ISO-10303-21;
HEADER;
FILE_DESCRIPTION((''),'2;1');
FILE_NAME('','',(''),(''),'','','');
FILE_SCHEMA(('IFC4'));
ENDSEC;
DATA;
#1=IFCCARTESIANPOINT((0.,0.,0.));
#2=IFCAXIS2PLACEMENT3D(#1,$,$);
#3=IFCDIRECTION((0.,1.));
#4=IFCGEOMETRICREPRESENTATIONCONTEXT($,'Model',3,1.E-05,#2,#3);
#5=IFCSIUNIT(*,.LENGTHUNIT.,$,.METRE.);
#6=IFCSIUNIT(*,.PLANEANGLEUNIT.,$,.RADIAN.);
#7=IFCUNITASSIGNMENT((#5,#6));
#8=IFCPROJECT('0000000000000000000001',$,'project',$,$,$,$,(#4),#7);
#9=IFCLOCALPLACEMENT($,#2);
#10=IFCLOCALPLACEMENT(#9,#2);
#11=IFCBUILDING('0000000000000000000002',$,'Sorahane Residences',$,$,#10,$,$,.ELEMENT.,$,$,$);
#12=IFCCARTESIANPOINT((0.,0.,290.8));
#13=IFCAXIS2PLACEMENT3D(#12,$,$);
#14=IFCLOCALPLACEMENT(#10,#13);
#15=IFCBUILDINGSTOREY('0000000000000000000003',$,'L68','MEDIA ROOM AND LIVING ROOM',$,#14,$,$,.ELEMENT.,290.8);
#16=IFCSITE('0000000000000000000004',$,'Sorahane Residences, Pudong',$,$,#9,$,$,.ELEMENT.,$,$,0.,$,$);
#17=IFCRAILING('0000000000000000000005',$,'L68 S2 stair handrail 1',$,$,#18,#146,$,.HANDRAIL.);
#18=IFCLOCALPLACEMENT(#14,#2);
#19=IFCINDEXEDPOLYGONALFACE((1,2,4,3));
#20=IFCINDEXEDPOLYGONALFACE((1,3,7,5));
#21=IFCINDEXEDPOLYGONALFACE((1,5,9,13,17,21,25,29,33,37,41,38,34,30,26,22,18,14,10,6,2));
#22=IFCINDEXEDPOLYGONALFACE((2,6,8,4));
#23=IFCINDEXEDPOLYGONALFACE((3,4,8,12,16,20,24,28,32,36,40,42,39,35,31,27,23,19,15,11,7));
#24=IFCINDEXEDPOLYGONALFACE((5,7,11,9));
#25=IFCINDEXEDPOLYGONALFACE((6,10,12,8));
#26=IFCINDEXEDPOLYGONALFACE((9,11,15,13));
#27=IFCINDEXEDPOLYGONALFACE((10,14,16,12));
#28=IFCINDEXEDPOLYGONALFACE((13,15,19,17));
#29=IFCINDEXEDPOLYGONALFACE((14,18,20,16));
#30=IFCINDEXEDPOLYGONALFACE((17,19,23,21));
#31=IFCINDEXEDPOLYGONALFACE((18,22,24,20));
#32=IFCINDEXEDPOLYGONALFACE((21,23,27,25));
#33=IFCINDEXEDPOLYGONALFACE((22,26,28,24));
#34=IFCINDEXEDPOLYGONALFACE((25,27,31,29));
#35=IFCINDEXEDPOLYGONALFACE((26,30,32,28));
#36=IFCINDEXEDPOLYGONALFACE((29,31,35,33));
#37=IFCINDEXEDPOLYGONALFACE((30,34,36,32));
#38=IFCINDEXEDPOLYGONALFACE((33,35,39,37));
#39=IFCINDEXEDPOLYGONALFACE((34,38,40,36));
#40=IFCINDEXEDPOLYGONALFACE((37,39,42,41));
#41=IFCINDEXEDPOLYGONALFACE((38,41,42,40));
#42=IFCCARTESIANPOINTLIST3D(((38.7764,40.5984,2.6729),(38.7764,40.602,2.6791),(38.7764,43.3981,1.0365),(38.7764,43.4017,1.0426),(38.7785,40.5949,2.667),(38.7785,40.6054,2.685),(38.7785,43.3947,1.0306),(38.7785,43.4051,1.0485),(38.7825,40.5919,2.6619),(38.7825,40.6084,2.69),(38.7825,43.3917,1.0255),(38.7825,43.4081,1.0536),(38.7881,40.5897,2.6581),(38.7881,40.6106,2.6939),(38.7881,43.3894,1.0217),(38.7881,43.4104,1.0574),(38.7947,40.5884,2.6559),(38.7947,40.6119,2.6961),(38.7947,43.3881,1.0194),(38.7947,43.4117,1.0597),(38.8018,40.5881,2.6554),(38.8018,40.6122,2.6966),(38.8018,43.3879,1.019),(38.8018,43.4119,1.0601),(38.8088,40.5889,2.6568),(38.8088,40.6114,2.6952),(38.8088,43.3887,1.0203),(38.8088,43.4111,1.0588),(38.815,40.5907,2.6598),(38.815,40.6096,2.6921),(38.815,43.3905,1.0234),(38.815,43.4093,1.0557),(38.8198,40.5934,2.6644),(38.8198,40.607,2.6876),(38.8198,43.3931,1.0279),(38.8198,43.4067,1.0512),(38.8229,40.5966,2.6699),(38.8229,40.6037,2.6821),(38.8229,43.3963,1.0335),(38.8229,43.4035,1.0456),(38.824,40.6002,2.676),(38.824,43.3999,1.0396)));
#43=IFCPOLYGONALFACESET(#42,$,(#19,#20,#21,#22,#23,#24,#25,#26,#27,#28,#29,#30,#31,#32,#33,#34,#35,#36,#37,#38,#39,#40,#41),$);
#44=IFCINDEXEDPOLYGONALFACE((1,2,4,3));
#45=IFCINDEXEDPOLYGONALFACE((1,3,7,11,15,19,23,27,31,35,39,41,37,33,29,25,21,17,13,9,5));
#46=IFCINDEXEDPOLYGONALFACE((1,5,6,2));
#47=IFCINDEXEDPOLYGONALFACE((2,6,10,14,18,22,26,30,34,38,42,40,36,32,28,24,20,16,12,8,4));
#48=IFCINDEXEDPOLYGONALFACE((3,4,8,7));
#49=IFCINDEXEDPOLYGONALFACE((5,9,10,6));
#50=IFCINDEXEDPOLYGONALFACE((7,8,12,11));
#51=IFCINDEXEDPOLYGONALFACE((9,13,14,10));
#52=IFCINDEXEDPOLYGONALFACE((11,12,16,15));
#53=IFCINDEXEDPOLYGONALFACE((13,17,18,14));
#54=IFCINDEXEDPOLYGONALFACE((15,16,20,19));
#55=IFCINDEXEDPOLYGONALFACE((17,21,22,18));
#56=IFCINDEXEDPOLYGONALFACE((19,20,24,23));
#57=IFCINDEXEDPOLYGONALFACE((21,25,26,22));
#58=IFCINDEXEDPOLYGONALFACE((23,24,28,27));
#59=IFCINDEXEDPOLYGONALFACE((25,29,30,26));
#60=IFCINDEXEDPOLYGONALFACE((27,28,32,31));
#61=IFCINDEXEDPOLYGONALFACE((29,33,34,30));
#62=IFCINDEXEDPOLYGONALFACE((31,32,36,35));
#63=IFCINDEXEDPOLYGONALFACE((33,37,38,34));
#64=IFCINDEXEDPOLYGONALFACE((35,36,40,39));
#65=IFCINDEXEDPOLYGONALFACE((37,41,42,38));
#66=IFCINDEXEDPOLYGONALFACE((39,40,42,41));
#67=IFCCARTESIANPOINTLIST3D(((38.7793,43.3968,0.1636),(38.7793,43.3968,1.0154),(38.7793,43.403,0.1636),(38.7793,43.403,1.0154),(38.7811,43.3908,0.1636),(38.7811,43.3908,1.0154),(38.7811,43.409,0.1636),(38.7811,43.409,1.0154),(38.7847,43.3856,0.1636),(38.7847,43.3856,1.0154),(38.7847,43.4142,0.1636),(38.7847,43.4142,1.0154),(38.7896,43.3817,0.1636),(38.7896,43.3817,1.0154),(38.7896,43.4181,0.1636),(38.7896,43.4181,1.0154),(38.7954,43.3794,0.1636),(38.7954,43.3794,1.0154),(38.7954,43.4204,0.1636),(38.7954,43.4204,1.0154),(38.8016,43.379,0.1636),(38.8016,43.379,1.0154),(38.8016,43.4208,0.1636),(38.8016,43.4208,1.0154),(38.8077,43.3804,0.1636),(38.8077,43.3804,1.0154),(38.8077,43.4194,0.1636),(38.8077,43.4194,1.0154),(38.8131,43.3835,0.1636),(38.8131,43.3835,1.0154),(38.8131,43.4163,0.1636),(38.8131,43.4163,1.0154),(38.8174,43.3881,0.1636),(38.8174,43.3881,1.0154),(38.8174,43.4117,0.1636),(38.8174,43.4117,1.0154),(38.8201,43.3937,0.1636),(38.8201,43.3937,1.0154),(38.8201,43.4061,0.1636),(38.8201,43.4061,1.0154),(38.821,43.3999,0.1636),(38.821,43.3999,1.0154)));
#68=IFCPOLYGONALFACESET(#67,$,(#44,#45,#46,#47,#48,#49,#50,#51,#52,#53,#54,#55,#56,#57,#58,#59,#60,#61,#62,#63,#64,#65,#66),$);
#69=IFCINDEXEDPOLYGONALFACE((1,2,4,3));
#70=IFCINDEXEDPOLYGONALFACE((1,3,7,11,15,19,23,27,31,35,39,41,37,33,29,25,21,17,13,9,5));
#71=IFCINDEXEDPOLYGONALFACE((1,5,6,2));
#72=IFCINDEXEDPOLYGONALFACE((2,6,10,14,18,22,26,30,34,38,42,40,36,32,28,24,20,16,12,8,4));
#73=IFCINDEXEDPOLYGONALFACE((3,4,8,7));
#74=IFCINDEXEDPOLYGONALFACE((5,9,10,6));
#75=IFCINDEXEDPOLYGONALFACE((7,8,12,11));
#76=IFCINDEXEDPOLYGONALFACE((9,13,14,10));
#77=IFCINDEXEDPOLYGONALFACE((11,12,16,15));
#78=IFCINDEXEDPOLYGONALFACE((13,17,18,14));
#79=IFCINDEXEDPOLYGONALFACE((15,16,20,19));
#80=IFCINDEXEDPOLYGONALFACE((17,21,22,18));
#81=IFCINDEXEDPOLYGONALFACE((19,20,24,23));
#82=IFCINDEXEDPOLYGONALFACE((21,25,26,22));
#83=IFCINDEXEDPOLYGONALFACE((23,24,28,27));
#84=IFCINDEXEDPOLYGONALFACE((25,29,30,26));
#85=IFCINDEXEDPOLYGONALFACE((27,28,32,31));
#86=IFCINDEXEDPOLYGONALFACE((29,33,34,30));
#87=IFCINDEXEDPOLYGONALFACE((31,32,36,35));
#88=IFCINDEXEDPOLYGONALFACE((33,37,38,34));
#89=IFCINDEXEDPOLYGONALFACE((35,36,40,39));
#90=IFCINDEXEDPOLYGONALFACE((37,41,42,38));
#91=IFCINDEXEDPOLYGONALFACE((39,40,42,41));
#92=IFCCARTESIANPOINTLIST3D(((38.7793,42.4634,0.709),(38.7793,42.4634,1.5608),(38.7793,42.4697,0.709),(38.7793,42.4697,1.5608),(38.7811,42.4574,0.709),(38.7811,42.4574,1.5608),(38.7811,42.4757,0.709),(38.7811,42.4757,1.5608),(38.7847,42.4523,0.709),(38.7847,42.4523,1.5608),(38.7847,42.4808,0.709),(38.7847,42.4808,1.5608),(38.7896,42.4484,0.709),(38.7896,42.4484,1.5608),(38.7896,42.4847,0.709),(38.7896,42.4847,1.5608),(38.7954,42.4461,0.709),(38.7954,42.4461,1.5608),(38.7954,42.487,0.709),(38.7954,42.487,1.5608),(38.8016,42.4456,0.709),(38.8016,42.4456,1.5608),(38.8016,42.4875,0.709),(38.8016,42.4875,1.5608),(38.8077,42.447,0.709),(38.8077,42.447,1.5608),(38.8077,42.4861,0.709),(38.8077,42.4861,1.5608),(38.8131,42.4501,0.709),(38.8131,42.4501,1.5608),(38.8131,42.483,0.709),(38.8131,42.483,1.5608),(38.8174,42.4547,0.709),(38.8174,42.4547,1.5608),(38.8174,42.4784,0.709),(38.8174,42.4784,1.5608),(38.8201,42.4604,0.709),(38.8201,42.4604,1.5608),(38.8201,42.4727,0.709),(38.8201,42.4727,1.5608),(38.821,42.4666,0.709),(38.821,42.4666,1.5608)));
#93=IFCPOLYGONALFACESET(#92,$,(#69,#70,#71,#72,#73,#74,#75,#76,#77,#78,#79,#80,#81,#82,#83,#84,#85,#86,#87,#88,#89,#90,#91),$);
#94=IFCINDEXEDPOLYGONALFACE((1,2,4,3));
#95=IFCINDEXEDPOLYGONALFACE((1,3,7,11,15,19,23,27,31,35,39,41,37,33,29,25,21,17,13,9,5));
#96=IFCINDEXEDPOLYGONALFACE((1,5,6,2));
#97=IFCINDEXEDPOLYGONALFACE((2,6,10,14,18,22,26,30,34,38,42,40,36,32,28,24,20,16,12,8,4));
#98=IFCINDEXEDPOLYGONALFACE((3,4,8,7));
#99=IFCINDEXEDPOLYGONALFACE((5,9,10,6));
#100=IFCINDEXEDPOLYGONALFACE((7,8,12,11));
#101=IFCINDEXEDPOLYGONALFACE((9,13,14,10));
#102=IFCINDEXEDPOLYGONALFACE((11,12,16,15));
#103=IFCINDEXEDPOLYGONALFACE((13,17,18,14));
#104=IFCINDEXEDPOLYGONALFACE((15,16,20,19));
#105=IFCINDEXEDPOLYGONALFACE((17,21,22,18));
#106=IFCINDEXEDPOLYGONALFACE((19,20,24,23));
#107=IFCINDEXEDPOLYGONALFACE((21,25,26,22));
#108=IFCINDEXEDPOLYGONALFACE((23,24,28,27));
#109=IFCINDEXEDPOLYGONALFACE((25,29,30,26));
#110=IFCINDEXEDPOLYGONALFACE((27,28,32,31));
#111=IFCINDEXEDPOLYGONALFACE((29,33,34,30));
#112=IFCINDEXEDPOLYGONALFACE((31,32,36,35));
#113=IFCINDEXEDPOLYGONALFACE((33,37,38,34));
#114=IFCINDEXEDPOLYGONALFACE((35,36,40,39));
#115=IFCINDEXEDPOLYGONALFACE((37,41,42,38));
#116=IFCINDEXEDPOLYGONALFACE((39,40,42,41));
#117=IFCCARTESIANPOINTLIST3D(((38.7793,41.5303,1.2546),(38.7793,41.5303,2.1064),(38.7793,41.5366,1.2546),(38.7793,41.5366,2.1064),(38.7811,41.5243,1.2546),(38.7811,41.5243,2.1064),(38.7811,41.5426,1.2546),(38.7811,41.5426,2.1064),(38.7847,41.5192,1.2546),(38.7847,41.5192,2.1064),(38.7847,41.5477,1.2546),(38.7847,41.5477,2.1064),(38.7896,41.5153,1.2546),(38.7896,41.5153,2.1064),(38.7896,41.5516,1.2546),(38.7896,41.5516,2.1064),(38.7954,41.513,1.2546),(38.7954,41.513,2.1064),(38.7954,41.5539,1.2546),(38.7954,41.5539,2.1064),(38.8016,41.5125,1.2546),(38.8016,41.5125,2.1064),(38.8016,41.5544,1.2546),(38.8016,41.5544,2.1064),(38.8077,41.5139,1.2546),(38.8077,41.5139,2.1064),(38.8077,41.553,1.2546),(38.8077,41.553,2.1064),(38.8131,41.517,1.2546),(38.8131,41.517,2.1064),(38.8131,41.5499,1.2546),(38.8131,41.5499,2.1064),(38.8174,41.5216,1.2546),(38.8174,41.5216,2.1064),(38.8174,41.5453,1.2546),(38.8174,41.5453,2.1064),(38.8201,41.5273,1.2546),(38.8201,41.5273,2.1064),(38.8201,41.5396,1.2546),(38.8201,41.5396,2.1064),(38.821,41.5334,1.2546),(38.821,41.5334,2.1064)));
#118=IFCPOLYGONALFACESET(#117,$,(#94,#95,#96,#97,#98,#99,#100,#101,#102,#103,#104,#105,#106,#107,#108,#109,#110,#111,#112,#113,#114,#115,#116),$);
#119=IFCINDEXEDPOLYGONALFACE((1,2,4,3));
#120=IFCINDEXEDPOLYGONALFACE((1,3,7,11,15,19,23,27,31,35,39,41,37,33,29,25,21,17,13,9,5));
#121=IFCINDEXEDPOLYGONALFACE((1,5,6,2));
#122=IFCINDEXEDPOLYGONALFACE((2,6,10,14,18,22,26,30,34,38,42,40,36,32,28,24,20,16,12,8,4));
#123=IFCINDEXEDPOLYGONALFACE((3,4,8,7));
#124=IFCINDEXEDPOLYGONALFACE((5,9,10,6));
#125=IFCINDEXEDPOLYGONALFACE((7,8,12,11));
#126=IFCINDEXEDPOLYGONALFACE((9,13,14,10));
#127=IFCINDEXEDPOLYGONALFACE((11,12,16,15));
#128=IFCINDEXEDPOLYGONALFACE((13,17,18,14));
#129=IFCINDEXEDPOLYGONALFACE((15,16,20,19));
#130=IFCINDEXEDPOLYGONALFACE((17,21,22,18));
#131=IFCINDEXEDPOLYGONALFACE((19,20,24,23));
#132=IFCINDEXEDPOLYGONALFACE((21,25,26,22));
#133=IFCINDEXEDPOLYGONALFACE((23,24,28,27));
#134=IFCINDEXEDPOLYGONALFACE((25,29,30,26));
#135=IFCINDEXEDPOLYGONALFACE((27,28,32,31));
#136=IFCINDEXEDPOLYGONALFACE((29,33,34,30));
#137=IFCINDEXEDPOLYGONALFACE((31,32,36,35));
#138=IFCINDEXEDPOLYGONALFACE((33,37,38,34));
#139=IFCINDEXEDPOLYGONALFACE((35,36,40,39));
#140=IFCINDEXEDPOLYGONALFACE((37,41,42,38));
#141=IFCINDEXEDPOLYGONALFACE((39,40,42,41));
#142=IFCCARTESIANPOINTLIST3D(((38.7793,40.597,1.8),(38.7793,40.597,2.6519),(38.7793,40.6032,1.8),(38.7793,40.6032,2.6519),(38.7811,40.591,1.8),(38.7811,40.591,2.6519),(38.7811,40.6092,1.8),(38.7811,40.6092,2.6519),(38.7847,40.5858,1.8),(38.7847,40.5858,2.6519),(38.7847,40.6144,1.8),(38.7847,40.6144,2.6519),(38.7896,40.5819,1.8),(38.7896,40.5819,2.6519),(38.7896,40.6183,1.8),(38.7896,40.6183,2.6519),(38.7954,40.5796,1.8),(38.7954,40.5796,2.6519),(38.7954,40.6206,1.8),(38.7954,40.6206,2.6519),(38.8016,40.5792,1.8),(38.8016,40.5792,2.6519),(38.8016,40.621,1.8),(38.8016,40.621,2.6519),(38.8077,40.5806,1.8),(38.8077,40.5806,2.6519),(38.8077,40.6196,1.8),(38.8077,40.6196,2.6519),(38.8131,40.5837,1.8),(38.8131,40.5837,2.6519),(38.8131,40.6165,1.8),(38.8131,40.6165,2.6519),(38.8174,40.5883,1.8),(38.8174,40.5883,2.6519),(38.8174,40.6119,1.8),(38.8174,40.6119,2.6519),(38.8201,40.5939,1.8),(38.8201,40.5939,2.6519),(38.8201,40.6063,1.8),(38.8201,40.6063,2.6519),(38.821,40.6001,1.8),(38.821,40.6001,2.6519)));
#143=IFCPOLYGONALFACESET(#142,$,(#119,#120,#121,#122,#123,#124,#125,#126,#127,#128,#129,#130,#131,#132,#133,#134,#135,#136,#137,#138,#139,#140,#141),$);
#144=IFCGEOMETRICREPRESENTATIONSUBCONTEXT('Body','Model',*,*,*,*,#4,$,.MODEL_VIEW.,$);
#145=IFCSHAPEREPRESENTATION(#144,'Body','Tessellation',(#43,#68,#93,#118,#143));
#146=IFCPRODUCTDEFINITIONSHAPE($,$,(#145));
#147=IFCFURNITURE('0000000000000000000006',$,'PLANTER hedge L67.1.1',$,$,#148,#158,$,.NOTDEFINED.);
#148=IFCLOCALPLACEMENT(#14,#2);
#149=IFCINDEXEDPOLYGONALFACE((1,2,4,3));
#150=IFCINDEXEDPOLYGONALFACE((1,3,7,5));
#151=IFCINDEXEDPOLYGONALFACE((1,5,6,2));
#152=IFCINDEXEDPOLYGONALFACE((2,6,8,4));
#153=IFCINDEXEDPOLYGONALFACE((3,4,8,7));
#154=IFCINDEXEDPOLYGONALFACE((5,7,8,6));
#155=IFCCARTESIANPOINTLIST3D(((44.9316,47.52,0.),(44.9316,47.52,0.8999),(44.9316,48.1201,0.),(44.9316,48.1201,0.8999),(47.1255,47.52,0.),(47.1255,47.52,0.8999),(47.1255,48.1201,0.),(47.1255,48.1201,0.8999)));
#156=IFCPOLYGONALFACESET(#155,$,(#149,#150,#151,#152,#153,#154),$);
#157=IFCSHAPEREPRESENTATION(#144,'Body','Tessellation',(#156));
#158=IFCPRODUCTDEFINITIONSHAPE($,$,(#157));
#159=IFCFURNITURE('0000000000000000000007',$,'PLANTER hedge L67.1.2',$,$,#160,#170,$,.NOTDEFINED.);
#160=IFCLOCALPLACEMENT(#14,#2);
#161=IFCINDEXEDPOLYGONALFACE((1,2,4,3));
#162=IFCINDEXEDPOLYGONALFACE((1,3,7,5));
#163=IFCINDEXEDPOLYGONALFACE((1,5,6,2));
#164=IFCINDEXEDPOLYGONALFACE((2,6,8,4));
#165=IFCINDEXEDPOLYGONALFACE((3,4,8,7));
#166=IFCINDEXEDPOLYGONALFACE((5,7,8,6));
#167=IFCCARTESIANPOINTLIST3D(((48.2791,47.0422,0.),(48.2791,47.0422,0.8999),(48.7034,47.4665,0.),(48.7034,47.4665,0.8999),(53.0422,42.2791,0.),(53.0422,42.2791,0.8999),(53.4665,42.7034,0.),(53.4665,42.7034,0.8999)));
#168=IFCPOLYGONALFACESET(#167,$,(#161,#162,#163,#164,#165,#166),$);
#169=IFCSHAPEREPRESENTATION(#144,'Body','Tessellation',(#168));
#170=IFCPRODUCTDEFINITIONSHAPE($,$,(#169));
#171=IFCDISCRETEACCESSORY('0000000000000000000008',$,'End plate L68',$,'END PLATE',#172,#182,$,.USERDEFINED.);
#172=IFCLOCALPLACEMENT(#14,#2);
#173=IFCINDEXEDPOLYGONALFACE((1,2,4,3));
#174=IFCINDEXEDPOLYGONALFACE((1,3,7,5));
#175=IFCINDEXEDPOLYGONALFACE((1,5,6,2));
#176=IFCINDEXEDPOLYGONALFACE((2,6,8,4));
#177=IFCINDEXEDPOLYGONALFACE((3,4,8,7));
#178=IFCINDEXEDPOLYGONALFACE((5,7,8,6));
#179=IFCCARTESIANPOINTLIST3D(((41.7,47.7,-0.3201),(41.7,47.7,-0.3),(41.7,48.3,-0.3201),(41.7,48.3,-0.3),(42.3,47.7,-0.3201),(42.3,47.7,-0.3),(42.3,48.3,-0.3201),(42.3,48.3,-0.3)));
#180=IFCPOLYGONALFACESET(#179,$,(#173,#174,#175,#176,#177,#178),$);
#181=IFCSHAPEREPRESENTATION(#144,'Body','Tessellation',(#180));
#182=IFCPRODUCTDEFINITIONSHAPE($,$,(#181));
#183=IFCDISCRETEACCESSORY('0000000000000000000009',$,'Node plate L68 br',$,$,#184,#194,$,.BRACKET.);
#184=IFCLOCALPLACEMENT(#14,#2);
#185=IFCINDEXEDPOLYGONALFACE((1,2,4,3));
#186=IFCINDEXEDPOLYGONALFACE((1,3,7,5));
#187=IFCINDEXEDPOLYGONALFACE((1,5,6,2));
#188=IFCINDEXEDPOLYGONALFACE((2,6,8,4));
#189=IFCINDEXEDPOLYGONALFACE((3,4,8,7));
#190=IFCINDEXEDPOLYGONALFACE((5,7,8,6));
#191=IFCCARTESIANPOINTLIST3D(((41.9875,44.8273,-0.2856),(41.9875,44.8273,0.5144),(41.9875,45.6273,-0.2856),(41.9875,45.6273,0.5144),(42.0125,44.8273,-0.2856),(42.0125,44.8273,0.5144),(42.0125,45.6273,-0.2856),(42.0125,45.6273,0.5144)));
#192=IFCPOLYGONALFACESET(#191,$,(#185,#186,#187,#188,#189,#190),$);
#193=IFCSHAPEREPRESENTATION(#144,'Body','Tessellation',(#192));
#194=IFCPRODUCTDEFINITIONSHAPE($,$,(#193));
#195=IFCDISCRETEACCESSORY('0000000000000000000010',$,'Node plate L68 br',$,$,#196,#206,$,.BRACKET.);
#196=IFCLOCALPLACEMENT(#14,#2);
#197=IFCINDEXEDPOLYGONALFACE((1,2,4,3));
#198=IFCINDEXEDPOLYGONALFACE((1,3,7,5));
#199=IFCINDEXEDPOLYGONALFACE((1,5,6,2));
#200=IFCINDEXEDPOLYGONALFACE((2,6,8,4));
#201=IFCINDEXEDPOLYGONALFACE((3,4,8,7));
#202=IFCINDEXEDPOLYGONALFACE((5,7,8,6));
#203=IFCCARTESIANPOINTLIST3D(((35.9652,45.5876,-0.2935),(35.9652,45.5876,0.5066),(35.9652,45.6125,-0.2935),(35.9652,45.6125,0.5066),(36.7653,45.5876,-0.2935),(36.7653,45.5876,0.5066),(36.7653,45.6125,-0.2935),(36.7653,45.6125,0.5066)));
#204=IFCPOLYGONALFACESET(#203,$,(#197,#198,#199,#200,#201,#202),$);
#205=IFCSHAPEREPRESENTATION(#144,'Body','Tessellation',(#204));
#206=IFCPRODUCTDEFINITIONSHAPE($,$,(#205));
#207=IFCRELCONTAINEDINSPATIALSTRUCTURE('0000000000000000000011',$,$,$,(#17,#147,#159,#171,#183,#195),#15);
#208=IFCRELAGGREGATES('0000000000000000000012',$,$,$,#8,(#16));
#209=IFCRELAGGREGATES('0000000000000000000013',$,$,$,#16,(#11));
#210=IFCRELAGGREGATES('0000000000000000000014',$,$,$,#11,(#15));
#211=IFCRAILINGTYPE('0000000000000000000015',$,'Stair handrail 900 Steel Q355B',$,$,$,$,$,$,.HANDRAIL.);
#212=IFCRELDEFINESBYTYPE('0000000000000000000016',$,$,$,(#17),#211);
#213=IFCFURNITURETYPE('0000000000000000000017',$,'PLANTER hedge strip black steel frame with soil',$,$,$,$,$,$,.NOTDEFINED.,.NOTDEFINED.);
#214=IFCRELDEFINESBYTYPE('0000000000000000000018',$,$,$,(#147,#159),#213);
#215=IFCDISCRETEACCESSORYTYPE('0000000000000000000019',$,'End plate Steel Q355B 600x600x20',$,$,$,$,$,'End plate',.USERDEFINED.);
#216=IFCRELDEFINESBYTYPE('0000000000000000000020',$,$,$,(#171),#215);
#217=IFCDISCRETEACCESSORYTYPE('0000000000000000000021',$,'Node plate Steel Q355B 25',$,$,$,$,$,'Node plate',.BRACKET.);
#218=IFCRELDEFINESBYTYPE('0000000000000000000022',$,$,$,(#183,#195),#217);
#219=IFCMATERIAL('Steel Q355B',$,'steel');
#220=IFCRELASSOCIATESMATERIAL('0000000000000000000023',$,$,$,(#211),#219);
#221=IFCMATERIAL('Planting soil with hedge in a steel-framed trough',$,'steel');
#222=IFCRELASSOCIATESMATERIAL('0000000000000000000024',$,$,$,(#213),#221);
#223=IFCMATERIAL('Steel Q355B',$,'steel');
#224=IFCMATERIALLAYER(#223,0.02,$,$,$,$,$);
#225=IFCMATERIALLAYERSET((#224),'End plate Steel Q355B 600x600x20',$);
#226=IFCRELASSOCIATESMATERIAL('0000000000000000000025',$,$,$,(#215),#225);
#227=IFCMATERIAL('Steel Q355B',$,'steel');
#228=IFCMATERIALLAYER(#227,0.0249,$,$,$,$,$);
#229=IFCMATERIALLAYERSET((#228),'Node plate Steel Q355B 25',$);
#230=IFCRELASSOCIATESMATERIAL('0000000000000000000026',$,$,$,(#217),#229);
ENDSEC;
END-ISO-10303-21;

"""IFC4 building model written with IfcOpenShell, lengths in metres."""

from ifc_helpers import new_model, si_unit, direction, frame, origin, origin_2d, place, context, subcontext, project, spatial, rectangle, circle, extrude, material, layer, layer_set, type_object, element, save


model = new_model("IFC4")

# Units and contexts
model_context = context("Model", 3, precision=1e-05, world=origin(), true_north=direction((0.0, 1.0)))
body_context = subcontext(model_context, "Body", "Model", "MODEL_VIEW")
ifc_project = project(units=[si_unit("LENGTHUNIT", "METRE"), si_unit("PLANEANGLEUNIT", "RADIAN")], contexts=[model_context])

# Site, building, storey
site_placement = place(None, origin())
site = spatial("IfcSite", under=ifc_project, at=site_placement, Name="Sorahane Residences, Pudong", CompositionType="ELEMENT", RefElevation=0.0)
building_placement = place(site_placement, origin())
building = spatial("IfcBuilding", under=site, at=building_placement, Name="Sorahane Residences", CompositionType="ELEMENT")
storey_placement = place(building_placement, frame((0.0, 0.0, 290.8)))
storey = spatial("IfcBuildingStorey", under=building, at=storey_placement, Name="L68", Description="MEDIA ROOM AND LIVING ROOM", CompositionType="ELEMENT", Elevation=290.8)

# Railing
ifc_material_1 = material(Name="Steel Q355B", Category="steel")
railing_type_1 = type_object("IfcRailingType", Name="Stair handrail 900 Steel Q355B", PredefinedType="HANDRAIL", material=ifc_material_1)
railing_1_placement = place(storey_placement, frame((38.8, 43.3999, 0.1636)))
element("IfcRailing", 1, at=railing_1_placement, inside=storey, type_object=railing_type_1, Name="L68 S2 stair handrail 1", PredefinedType="HANDRAIL", context=body_context, shape_type="SweptSolid", body=[
    extrude(circle(Radius=0.0239, at=origin_2d()), frame((0.0, 0.0, 0.876), z_axis=(0.0, -0.863342, 0.50462), x_axis=(1.0, 0.0, 0.0)), (0.0, 0.0, 1.0), 3.2429),
    extrude(circle(Radius=0.021, at=origin_2d()), origin(), (0.0, 0.0, 1.0), 0.8518),
    extrude(circle(Radius=0.021, at=origin_2d()), frame((0.0, -0.9333, 0.5454)), (0.0, 0.0, 1.0), 0.8518),
    extrude(circle(Radius=0.021, at=origin_2d()), frame((0.0, -1.8665, 1.0911)), (0.0, 0.0, 1.0), 0.8518),
    extrude(circle(Radius=0.021, at=origin_2d()), frame((0.0, -2.7998, 1.6365)), (0.0, 0.0, 1.0), 0.8518),
])

# Furniture
ifc_material_2 = material(Name="Planting soil with hedge in a steel-framed trough", Category="steel")
furniture_type = type_object("IfcFurnitureType", Name="PLANTER hedge strip black steel frame with soil", AssemblyPlace="NOTDEFINED", PredefinedType="NOTDEFINED", material=ifc_material_2)
furniture_1_placement = place(storey_placement, frame((46.0286, 47.8201, 0.0), z_axis=(0.0, 0.0, 1.0), x_axis=(1.0, 0.0, 0.0)))
element("IfcFurniture", 2, at=furniture_1_placement, inside=storey, type_object=furniture_type, Name="PLANTER hedge L67.1.1", PredefinedType="NOTDEFINED", context=body_context, shape_type="SweptSolid", body=[
    extrude(rectangle(XDim=2.1938, YDim=0.6001, at=origin_2d()), origin(), (0.0, 0.0, 1.0), 0.8999),
])
furniture_2_placement = place(storey_placement, frame((50.8728, 44.8728, 0.0), z_axis=(0.0, 0.0, 1.0), x_axis=(0.707107, -0.707107, 0.0)))
element("IfcFurniture", 3, at=furniture_2_placement, inside=storey, type_object=furniture_type, Name="PLANTER hedge L67.1.2", PredefinedType="NOTDEFINED", context=body_context, shape_type="SweptSolid", body=[
    extrude(rectangle(XDim=6.7361, YDim=0.6001, at=origin_2d()), origin(), (0.0, 0.0, 1.0), 0.8999),
])

# Discrete accessories
ifc_material_3 = material(Name="Steel Q355B", Category="steel")
ifc_layer_1 = layer(ifc_material_3, 0.02)
ifc_layer_set_1 = layer_set([ifc_layer_1], Name="End plate Steel Q355B 600x600x20")
discrete_accessory_type_1 = type_object("IfcDiscreteAccessoryType", Name="End plate Steel Q355B 600x600x20", ElementType="End plate", PredefinedType="USERDEFINED", material=ifc_layer_set_1)
discrete_accessory_placement = place(storey_placement, frame((42.0, 48.0, -0.3201), z_axis=(0.0, 0.0, 1.0), x_axis=(1.0, 0.0, 0.0)))
element("IfcDiscreteAccessory", 4, at=discrete_accessory_placement, inside=storey, type_object=discrete_accessory_type_1, Name="End plate L68", ObjectType="END PLATE", PredefinedType="USERDEFINED", context=body_context, shape_type="SweptSolid", body=[
    extrude(rectangle(XDim=0.6001, YDim=0.6001, at=origin_2d()), origin(), (0.0, 0.0, 1.0), 0.02),
])
ifc_material_4 = material(Name="Steel Q355B", Category="steel")
ifc_layer_2 = layer(ifc_material_4, 0.0249)
ifc_layer_set_2 = layer_set([ifc_layer_2], Name="Node plate Steel Q355B 25")
discrete_accessory_type_2 = type_object("IfcDiscreteAccessoryType", Name="Node plate Steel Q355B 25", ElementType="Node plate", PredefinedType="BRACKET", material=ifc_layer_set_2)
for number, where, z_axis, x_axis, name in (
    (5, (42.0, 45.2273, -0.2856), (0.0, 0.0, 1.0), (0.0, 1.0, 0.0), "Node plate L68 br"),
    (6, (36.3652, 45.6001, -0.2935), (0.0, 0.0, 1.0), (1.0, 0.0, 0.0), "Node plate L68 br"),
):
    element("IfcDiscreteAccessory", number, at=place(storey_placement, frame(where, z_axis=z_axis, x_axis=x_axis)), inside=storey, type_object=discrete_accessory_type_2, Name=name, PredefinedType="BRACKET", context=body_context, shape_type="SweptSolid", body=[
        extrude(rectangle(XDim=0.8, YDim=0.0249, at=origin_2d()), origin(), (0.0, 0.0, 1.0), 0.8),
    ])

save(model, "model.ifc")
